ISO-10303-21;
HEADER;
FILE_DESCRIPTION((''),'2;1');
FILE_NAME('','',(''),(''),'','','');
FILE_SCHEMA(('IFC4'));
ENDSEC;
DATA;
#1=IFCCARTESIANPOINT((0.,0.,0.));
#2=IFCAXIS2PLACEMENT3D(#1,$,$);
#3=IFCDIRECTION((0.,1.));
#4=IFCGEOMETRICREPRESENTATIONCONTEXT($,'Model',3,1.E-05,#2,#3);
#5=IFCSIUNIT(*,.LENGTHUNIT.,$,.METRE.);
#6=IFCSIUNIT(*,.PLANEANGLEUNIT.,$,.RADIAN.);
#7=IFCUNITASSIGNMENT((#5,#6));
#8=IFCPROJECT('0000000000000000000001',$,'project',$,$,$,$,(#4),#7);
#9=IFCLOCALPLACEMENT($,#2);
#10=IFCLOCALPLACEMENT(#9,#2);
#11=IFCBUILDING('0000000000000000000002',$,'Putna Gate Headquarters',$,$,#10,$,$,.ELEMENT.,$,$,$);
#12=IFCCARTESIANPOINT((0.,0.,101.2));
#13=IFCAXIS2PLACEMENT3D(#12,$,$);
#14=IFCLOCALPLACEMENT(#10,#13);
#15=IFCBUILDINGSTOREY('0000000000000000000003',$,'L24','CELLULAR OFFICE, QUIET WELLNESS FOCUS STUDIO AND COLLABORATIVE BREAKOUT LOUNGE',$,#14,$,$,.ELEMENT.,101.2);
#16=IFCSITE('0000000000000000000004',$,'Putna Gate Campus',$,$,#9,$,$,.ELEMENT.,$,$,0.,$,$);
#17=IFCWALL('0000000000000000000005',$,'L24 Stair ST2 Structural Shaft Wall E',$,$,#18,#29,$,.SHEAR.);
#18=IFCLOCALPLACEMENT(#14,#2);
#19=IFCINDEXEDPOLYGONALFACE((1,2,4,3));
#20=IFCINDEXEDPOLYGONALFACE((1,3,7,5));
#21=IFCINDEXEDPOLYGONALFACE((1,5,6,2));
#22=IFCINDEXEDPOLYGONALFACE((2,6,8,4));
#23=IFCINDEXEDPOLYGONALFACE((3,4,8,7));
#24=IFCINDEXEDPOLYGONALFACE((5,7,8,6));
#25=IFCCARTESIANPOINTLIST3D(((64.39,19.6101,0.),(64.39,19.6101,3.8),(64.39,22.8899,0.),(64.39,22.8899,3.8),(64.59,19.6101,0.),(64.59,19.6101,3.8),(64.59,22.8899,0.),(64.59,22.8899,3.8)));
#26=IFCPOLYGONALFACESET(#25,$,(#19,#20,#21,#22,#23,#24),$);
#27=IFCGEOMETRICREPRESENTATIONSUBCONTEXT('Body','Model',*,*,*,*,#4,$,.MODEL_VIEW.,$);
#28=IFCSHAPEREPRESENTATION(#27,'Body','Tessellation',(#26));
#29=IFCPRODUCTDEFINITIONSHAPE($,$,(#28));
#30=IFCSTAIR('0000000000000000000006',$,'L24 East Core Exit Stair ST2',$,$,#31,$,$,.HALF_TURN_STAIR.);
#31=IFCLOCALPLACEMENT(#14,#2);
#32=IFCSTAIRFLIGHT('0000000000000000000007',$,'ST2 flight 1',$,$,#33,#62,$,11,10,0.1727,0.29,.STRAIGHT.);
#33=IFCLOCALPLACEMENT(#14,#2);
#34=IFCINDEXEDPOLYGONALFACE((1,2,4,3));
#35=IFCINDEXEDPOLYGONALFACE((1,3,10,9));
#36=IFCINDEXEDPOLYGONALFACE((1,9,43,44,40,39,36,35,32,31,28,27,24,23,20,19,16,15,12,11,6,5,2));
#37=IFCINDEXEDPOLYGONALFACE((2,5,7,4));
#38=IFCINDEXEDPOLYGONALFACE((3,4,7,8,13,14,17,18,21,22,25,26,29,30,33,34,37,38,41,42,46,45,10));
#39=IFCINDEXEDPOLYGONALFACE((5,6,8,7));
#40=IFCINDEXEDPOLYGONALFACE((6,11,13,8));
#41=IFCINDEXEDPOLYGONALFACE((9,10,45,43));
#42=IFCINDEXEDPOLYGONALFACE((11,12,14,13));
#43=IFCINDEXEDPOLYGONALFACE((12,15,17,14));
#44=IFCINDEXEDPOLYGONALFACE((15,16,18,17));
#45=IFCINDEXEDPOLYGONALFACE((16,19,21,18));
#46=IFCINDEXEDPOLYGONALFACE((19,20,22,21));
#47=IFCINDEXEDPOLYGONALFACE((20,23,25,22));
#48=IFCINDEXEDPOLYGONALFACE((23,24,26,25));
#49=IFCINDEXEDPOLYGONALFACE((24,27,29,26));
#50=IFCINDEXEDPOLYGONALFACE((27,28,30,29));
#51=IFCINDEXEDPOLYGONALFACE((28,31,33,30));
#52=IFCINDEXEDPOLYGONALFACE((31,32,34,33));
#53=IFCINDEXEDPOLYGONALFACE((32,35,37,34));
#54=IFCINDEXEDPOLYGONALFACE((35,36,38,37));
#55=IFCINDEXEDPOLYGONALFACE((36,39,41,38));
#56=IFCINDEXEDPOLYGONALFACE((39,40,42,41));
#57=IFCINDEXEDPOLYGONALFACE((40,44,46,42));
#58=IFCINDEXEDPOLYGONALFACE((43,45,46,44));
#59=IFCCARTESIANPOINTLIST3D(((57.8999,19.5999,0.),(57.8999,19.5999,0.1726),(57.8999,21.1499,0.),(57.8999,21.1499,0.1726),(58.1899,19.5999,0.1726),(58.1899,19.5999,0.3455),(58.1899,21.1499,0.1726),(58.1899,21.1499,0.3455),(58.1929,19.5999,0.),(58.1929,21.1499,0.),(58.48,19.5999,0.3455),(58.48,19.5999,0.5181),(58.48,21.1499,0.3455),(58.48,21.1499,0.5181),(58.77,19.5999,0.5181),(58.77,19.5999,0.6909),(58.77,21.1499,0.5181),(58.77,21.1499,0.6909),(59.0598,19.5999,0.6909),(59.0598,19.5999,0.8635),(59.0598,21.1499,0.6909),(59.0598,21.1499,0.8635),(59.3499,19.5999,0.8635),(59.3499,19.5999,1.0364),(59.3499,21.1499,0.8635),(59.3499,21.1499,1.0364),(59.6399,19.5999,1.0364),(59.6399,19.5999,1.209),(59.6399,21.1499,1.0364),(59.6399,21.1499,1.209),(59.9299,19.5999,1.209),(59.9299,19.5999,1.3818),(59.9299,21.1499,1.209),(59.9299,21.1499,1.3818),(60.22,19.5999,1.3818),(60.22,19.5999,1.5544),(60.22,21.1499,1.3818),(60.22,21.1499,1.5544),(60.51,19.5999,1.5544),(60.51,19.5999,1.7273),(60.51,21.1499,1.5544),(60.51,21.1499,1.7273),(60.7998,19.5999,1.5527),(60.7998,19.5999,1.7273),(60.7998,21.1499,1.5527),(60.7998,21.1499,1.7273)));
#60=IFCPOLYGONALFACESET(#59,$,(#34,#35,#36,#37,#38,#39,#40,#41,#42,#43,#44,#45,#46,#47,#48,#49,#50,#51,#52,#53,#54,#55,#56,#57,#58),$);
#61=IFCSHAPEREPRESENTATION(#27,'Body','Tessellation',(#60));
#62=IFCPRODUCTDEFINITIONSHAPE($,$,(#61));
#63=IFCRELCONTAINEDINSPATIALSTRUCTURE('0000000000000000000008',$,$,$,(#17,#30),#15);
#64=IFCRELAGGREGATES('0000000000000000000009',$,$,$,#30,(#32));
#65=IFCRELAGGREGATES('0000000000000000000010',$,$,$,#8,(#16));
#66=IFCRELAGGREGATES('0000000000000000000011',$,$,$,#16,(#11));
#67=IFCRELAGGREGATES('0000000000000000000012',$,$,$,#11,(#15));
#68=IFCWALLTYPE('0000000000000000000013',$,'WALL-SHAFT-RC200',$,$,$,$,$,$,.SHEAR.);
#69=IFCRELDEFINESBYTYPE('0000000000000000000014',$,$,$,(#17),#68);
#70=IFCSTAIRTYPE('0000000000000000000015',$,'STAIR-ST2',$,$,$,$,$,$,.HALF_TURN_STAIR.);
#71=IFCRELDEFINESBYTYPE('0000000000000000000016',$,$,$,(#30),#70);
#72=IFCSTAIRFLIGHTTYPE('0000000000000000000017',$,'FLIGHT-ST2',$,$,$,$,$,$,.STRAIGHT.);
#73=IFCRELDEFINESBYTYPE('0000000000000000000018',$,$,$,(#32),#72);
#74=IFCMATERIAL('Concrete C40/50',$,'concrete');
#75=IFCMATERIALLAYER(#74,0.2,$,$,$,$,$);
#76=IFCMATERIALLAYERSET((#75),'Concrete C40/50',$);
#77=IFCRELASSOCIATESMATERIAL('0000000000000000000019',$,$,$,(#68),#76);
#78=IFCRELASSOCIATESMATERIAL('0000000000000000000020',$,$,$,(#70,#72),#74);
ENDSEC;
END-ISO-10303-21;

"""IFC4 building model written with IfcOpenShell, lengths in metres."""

from ifc_helpers import new_model, si_unit, direction, frame, frame_2d, origin, place, context, subcontext, project, spatial, polyline, rectangle, outline, extrude, material, layer, layer_set, type_object, element, aggregate, save


model = new_model("IFC4")

# Units and contexts
model_context = context("Model", 3, precision=1e-05, world=origin(), true_north=direction((0.0, 1.0)))
body_context = subcontext(model_context, "Body", "Model", "MODEL_VIEW")
ifc_project = project(units=[si_unit("LENGTHUNIT", "METRE"), si_unit("PLANEANGLEUNIT", "RADIAN")], contexts=[model_context])

# Site, building, storey
site_placement = place(None, origin())
site = spatial("IfcSite", under=ifc_project, at=site_placement, Name="Putna Gate Campus", CompositionType="ELEMENT", RefElevation=0.0)
building_placement = place(site_placement, origin())
building = spatial("IfcBuilding", under=site, at=building_placement, Name="Putna Gate Headquarters", CompositionType="ELEMENT")
storey_placement = place(building_placement, frame((0.0, 0.0, 101.2)))
storey = spatial("IfcBuildingStorey", under=building, at=storey_placement, Name="L24", Description="CELLULAR OFFICE, QUIET WELLNESS FOCUS STUDIO AND COLLABORATIVE BREAKOUT LOUNGE", CompositionType="ELEMENT", Elevation=101.2)

# Wall
ifc_material_1 = material(Name="Concrete C40/50", Category="concrete")
ifc_layer_1 = layer(ifc_material_1, 0.2)
ifc_layer_set_1 = layer_set([ifc_layer_1], Name="Concrete C40/50")
wall_type_1 = type_object("IfcWallType", Name="WALL-SHAFT-RC200", PredefinedType="SHEAR", material=ifc_layer_set_1)
wall_1_placement = place(storey_placement, frame((64.49, 19.6101, 0.0), z_axis=(0.0, 0.0, 1.0), x_axis=(0.0, 1.0, 0.0)))
element("IfcWall", 1, at=wall_1_placement, inside=storey, type_object=wall_type_1, Name="L24 Stair ST2 Structural Shaft Wall E", PredefinedType="SHEAR", context=body_context, shape_type="SweptSolid", body=[
    extrude(rectangle(XDim=3.2798, YDim=0.2, at=frame_2d((1.6399, 0.0))), origin(), (0.0, 0.0, 1.0), 3.8),
])

# Stair, stair flight
stair_type = type_object("IfcStairType", Name="STAIR-ST2", PredefinedType="HALF_TURN_STAIR", material=ifc_material_1)
stair_placement = place(storey_placement, origin())
stair = element("IfcStair", 2, at=stair_placement, inside=storey, type_object=stair_type, Name="L24 East Core Exit Stair ST2", PredefinedType="HALF_TURN_STAIR")
stair_flight_type = type_object("IfcStairFlightType", Name="FLIGHT-ST2", PredefinedType="STRAIGHT", material=ifc_material_1)
stair_flight_placement = place(storey_placement, frame((57.8999, 20.375, 0.0), z_axis=(0.0, 0.0, 1.0), x_axis=(1.0, 0.0, 0.0)))
stair_flight = element("IfcStairFlight", 3, at=stair_flight_placement, type_object=stair_flight_type, Name="ST2 flight 1", NumberOfRisers=11, NumberOfTreads=10, PredefinedType="STRAIGHT", RiserHeight=0.1727, TreadLength=0.29, context=body_context, shape_type="SweptSolid", body=[
    extrude(outline(polyline([(0.0, 0.0), (0.0, 0.1726), (0.29, 0.1726), (0.29, 0.3455), (0.5801, 0.3455), (0.5801, 0.5181), (0.8701, 0.5181), (0.8701, 0.6909), (1.1599, 0.6909), (1.1599, 0.8635), (1.45, 0.8635), (1.45, 1.0364), (1.74, 1.0364), (1.74, 1.209), (2.03, 1.209), (2.03, 1.3818), (2.3201, 1.3818), (2.3201, 1.5544), (2.6101, 1.5544), (2.6101, 1.7273), (2.8999, 1.7273), (2.8999, 1.8999), (2.8999, 1.5527), (0.293, 0.0), (0.0, 0.0)])), frame((0.0, 0.7749, 0.0), z_axis=(0.0, -1.0, 0.0), x_axis=(1.0, 0.0, 0.0)), (0.0, 0.0, 1.0), 1.55),
])
aggregate(stair, [stair_flight])

save(model, "model.ifc")
